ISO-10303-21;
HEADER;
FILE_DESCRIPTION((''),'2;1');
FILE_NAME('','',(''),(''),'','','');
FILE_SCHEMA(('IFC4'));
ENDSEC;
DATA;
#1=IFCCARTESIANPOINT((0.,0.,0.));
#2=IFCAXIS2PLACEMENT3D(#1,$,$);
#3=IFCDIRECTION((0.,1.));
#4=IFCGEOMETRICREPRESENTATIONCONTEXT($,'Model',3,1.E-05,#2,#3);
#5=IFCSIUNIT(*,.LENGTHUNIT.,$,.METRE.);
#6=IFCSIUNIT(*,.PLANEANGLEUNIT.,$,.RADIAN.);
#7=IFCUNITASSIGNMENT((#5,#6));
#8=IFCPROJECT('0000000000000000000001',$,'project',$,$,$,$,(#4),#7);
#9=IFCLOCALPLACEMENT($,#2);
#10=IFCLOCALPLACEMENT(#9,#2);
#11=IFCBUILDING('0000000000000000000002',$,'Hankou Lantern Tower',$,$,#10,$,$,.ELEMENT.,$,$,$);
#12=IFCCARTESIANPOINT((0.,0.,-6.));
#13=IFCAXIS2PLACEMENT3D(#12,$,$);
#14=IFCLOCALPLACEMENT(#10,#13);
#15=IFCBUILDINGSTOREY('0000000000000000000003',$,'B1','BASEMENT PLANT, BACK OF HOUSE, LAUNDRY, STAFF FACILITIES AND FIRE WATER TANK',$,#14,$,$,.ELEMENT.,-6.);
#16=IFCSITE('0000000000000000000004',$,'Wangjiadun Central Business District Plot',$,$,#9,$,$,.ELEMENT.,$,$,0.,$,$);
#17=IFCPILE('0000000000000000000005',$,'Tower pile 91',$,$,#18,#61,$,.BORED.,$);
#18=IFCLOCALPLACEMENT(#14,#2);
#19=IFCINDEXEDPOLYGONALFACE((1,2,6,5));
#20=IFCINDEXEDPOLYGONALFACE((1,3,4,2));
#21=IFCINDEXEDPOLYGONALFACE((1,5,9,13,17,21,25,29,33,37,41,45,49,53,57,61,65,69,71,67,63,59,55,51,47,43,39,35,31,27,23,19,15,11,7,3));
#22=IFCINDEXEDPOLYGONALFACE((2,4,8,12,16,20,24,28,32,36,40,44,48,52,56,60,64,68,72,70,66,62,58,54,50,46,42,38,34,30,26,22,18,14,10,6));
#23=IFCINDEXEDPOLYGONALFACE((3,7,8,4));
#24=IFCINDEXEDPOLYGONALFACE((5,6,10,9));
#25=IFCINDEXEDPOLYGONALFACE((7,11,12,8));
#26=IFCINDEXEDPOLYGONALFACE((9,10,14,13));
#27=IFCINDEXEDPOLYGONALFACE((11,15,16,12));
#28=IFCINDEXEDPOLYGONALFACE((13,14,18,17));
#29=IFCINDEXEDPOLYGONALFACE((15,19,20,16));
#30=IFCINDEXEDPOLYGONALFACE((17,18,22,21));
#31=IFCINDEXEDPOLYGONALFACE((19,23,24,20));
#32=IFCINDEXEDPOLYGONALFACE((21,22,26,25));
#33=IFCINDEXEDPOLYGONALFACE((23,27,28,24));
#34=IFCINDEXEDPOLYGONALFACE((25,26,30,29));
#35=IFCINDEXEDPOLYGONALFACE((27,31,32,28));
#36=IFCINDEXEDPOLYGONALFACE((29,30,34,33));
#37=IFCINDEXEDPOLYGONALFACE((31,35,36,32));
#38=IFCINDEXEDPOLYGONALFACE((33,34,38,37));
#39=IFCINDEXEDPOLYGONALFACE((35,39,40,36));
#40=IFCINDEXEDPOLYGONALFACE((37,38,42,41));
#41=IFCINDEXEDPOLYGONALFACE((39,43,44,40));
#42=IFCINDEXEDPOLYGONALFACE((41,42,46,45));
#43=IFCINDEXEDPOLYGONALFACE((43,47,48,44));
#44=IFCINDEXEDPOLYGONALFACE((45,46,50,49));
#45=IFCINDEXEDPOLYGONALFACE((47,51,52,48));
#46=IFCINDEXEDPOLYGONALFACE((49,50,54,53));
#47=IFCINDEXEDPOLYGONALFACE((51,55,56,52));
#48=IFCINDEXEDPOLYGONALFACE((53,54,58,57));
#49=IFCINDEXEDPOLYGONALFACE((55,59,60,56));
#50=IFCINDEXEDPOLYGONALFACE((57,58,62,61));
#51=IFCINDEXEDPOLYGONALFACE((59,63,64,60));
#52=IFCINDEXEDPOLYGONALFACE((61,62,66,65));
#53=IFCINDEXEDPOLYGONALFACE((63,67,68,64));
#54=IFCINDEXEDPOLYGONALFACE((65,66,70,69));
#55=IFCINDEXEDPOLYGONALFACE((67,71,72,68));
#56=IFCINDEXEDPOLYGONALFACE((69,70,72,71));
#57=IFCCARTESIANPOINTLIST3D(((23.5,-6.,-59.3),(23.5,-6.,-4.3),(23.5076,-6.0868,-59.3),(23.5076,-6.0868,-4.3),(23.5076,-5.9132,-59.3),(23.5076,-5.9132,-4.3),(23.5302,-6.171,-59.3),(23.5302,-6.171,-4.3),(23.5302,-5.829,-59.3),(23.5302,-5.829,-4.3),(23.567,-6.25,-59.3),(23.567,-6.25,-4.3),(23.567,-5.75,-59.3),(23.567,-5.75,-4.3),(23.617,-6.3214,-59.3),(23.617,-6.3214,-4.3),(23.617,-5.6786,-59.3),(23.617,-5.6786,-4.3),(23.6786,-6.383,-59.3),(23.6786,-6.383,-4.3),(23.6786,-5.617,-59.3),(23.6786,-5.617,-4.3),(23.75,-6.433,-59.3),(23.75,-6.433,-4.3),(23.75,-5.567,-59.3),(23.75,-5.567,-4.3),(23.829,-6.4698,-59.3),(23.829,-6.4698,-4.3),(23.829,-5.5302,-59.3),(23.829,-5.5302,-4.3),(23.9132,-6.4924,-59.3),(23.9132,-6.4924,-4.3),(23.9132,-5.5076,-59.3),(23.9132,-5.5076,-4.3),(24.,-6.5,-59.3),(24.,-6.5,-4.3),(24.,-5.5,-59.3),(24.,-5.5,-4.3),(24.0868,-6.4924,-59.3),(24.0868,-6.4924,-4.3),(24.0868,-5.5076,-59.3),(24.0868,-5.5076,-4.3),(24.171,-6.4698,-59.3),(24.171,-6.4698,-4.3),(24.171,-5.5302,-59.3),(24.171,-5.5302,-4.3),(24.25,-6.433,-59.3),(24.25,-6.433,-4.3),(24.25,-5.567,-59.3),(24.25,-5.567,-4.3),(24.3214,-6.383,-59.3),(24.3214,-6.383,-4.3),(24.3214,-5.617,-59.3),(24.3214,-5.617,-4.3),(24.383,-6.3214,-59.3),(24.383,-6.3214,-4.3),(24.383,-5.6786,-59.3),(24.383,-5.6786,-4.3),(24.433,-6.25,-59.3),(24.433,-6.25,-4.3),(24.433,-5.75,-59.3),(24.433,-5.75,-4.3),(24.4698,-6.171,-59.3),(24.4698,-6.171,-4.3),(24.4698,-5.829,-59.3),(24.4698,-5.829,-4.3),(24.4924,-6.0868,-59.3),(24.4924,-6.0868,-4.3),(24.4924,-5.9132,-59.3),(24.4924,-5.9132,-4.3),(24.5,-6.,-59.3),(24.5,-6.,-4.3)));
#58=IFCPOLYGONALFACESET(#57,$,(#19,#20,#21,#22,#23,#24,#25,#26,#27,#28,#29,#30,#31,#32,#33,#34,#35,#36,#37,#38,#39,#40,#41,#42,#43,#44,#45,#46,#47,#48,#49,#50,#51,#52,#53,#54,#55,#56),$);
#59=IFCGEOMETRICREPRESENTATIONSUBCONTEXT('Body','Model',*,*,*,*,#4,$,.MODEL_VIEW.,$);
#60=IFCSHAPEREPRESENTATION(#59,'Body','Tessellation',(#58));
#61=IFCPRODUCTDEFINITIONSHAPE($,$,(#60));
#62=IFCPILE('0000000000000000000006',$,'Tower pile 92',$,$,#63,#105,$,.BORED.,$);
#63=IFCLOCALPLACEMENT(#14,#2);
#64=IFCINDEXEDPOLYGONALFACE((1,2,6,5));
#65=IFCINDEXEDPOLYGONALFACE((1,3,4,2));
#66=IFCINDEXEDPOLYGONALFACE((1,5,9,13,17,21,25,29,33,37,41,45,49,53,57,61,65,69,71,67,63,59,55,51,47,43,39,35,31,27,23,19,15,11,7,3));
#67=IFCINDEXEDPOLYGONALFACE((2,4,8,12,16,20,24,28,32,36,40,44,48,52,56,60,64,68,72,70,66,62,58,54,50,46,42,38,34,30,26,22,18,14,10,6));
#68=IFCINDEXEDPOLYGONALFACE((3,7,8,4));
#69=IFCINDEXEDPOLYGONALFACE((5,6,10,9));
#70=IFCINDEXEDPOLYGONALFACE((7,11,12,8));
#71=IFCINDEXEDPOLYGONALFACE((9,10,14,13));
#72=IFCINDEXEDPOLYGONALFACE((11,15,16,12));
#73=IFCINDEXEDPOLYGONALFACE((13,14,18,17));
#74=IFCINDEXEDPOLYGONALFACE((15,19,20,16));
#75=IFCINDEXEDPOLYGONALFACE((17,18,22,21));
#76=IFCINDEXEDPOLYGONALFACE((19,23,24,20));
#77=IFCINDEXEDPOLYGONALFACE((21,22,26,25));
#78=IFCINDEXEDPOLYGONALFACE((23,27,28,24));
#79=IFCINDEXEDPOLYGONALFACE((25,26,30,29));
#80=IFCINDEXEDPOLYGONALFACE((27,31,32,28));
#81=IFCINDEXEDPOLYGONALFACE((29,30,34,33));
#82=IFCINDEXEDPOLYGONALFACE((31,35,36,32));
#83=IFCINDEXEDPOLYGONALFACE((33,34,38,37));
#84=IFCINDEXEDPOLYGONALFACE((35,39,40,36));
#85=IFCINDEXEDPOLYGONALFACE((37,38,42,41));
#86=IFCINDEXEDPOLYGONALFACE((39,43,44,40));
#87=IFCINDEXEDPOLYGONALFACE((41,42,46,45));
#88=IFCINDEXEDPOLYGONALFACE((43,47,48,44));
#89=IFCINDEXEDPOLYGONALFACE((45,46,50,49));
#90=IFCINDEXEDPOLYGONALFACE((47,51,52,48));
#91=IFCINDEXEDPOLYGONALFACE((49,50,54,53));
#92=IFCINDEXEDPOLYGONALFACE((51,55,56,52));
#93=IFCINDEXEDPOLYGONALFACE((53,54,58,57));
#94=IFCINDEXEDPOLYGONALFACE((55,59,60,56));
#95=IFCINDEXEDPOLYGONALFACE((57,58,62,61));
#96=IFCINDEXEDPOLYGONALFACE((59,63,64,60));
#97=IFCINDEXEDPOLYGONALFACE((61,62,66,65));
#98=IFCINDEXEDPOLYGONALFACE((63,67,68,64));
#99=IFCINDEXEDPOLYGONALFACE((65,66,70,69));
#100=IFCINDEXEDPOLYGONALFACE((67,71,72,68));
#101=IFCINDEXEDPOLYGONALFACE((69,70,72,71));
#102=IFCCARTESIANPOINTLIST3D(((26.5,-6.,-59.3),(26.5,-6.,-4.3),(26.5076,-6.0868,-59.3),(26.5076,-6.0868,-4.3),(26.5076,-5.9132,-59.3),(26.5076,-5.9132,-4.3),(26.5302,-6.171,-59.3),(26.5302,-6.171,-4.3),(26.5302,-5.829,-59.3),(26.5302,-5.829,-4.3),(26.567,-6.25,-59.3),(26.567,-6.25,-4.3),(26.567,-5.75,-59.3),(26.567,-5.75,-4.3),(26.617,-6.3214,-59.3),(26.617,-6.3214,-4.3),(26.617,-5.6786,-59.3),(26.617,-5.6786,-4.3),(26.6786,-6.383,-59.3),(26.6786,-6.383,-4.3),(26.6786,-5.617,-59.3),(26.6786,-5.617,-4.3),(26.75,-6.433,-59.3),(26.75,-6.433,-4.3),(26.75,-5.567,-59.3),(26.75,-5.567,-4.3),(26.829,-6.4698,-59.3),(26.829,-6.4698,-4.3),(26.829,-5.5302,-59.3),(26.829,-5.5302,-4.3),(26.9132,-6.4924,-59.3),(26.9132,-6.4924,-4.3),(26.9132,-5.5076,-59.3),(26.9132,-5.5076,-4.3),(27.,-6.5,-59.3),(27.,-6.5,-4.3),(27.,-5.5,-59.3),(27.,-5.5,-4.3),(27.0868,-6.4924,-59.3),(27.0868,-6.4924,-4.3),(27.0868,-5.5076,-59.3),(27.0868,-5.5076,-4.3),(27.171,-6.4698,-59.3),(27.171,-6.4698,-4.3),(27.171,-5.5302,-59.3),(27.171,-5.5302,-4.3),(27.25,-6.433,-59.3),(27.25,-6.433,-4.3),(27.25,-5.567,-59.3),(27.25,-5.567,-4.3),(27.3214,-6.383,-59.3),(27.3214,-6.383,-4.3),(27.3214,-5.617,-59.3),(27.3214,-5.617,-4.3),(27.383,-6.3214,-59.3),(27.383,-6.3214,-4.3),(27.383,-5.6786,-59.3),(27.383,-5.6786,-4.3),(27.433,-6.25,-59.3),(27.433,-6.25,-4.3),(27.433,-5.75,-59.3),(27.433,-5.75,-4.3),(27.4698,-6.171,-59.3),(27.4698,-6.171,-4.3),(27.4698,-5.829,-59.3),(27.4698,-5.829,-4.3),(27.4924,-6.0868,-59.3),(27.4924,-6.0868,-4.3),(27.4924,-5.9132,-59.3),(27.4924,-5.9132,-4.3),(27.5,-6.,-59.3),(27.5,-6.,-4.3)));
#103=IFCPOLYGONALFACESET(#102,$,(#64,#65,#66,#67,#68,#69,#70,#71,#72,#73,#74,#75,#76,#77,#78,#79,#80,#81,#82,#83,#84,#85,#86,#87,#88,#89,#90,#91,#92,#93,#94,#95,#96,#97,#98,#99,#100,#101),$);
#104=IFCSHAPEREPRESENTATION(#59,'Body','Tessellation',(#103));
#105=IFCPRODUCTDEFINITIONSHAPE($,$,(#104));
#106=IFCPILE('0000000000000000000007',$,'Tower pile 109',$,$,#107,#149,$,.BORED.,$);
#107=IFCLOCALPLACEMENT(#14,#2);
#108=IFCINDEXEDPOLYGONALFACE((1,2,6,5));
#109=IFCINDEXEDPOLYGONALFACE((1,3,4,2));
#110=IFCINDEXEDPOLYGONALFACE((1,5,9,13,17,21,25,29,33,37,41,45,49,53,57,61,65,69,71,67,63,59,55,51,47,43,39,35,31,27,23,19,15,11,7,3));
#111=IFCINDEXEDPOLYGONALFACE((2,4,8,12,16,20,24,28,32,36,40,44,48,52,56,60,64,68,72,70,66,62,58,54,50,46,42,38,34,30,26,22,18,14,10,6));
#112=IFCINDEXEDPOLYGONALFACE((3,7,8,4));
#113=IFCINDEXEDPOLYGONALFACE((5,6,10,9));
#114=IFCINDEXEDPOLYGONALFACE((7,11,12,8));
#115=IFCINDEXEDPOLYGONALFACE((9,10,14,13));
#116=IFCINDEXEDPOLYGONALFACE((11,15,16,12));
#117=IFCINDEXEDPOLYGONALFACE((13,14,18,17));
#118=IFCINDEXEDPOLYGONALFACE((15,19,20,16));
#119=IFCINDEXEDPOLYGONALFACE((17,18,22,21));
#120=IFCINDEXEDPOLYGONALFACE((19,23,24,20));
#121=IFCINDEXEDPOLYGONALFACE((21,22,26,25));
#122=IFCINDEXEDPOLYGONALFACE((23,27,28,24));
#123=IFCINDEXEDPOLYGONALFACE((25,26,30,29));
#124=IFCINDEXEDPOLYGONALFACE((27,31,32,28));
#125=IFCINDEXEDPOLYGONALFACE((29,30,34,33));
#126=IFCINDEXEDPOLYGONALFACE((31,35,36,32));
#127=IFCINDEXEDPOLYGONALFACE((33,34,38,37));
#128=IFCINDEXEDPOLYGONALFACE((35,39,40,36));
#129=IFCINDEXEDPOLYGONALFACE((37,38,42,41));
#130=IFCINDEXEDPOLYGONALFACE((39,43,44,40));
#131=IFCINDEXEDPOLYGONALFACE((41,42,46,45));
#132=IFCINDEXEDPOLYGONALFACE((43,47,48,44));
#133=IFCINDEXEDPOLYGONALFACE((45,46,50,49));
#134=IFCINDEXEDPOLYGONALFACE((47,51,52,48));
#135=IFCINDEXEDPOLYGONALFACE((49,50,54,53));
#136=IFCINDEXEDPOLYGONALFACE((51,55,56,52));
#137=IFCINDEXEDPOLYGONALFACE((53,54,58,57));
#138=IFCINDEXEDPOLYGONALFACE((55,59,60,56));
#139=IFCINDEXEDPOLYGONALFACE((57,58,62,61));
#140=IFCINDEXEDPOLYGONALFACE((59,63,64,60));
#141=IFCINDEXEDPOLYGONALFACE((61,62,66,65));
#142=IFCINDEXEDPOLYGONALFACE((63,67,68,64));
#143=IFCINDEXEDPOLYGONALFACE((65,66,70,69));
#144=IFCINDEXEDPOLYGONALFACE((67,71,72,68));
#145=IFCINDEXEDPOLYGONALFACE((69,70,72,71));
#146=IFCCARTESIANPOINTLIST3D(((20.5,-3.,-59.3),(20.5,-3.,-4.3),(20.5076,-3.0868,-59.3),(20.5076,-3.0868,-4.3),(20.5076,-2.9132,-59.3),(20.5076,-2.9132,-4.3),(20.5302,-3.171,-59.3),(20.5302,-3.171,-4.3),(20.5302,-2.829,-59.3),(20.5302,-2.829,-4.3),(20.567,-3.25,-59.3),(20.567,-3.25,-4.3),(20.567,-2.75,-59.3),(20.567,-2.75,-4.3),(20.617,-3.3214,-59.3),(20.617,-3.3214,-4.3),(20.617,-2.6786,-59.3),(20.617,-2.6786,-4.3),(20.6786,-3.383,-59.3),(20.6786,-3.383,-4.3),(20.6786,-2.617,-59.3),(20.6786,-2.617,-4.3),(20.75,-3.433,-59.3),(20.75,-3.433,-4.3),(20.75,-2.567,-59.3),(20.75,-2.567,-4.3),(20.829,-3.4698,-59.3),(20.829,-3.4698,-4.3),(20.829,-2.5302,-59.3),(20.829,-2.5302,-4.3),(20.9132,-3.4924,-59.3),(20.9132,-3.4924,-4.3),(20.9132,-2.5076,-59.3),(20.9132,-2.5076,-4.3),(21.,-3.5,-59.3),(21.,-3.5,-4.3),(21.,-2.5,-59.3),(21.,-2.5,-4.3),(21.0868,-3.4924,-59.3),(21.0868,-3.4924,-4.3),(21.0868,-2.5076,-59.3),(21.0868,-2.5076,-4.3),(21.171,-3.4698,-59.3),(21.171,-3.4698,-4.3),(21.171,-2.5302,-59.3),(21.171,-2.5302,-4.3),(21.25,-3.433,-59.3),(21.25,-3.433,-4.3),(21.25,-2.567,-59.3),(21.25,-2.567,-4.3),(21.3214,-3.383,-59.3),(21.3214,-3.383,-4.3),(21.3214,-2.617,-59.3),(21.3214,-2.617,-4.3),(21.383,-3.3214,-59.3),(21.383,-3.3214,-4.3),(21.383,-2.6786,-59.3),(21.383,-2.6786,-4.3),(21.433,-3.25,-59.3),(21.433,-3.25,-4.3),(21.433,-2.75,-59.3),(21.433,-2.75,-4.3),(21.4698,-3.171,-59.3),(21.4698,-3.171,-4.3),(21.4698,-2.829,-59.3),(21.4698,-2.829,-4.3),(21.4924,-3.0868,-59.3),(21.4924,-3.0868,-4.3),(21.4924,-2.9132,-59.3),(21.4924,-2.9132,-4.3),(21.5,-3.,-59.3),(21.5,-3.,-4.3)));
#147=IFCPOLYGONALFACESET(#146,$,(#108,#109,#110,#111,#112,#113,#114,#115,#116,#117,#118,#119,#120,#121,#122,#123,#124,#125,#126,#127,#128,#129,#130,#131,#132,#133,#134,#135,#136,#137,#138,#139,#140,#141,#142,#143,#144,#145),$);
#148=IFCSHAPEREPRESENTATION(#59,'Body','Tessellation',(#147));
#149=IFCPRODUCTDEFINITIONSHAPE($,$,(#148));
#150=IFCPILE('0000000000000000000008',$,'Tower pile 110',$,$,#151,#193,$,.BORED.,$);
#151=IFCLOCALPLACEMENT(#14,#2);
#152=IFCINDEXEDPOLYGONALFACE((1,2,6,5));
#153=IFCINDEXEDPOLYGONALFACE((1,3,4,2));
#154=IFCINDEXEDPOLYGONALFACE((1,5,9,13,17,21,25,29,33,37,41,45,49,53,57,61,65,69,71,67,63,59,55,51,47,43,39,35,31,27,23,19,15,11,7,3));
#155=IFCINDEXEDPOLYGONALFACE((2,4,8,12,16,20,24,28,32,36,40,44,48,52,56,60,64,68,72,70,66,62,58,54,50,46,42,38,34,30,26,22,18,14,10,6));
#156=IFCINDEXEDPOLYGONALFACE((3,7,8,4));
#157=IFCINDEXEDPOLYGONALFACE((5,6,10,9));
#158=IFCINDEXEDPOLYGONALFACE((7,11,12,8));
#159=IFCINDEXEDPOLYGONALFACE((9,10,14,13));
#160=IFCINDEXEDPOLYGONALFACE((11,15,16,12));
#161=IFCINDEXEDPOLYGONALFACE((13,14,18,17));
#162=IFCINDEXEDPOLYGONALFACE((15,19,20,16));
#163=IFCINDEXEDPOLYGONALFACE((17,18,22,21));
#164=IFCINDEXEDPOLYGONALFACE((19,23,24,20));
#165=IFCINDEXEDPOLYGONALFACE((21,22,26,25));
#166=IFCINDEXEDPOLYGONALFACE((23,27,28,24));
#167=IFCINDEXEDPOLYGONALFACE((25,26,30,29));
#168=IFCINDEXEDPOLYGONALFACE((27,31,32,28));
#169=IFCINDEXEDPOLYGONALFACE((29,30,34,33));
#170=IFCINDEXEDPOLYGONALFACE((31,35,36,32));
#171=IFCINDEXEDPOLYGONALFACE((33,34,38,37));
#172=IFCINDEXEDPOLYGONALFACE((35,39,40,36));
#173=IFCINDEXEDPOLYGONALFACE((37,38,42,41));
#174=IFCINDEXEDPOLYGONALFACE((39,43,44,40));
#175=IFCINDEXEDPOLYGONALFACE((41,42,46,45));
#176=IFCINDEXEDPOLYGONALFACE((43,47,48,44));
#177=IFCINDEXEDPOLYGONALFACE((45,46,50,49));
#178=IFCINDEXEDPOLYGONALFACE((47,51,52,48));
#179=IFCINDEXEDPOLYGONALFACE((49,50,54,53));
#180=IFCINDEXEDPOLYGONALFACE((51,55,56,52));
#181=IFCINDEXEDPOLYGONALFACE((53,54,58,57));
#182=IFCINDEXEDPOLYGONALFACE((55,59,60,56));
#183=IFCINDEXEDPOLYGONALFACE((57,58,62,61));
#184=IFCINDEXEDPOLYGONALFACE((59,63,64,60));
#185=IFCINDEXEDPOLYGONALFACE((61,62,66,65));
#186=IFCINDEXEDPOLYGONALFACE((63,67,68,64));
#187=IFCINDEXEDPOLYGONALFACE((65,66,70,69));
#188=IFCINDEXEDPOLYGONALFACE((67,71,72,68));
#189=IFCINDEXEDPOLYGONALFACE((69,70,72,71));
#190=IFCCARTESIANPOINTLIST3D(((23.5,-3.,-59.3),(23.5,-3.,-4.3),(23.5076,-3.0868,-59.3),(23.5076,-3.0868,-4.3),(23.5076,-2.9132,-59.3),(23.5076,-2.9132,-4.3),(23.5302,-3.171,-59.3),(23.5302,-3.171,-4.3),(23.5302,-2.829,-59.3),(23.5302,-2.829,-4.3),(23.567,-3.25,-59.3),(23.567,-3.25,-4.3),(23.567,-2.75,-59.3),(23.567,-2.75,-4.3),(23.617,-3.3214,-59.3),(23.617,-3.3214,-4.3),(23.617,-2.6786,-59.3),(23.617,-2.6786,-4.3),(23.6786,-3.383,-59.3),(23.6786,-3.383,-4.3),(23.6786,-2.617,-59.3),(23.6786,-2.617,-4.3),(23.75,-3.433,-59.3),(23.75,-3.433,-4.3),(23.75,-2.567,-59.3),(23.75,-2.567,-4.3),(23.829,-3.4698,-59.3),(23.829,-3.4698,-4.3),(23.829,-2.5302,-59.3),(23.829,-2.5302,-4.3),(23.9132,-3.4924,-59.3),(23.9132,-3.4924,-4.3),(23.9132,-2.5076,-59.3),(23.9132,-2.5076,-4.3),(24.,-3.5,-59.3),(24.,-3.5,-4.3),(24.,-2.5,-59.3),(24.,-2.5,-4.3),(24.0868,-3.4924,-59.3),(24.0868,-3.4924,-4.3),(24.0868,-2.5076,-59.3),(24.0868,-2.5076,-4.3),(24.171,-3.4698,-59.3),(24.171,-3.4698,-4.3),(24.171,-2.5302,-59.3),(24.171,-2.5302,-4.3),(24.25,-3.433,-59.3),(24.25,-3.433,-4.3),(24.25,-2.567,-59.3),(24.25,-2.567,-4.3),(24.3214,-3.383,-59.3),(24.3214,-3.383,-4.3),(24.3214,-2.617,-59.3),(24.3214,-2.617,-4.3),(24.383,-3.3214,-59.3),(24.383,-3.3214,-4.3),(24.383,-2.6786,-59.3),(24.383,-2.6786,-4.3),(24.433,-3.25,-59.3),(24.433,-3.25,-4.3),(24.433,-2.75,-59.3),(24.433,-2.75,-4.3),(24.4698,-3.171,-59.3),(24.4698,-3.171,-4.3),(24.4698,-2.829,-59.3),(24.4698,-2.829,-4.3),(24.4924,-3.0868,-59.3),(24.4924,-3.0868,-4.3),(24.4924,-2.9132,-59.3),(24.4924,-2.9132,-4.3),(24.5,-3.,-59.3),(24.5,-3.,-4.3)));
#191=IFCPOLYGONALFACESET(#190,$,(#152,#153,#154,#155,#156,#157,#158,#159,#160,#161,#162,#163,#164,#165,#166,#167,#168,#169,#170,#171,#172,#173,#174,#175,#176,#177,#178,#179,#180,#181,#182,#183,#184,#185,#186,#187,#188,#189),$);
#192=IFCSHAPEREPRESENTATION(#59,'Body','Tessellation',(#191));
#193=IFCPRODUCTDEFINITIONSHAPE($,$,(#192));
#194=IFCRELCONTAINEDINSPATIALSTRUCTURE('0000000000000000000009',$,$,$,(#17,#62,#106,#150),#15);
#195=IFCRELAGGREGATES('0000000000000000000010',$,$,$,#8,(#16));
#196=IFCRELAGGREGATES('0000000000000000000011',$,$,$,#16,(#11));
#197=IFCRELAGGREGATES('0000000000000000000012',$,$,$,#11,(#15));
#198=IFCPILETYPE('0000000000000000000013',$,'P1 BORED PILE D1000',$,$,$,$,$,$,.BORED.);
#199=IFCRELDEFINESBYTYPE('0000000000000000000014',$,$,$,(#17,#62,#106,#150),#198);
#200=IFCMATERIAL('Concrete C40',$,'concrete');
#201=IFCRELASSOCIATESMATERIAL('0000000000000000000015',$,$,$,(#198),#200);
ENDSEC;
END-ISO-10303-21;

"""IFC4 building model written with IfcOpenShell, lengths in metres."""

from ifc_helpers import new_model, si_unit, direction, frame, origin, origin_2d, place, context, subcontext, project, spatial, circle, extrude, material, material_profile, profile_set, type_object, element, save


model = new_model("IFC4")

# Units and contexts
model_context = context("Model", 3, precision=1e-05, world=origin(), true_north=direction((0.0, 1.0)))
body_context = subcontext(model_context, "Body", "Model", "MODEL_VIEW")
ifc_project = project(units=[si_unit("LENGTHUNIT", "METRE"), si_unit("PLANEANGLEUNIT", "RADIAN")], contexts=[model_context])

# Site, building, storey
site_placement = place(None, origin())
site = spatial("IfcSite", under=ifc_project, at=site_placement, Name="Wangjiadun Central Business District Plot", CompositionType="ELEMENT", RefElevation=0.0)
building_placement = place(site_placement, origin())
building = spatial("IfcBuilding", under=site, at=building_placement, Name="Hankou Lantern Tower", CompositionType="ELEMENT")
storey_placement = place(building_placement, frame((0.0, 0.0, -6.0)))
storey = spatial("IfcBuildingStorey", under=building, at=storey_placement, Name="B1", Description="BASEMENT PLANT, BACK OF HOUSE, LAUNDRY, STAFF FACILITIES AND FIRE WATER TANK", CompositionType="ELEMENT", Elevation=-6.0)

# Piles
ifc_material_1 = material(Name="Concrete C40", Category="concrete")
ifc_material_profile_1 = material_profile(ifc_material_1, circle(Radius=0.5, at=origin_2d()), Name="RC D1000")
ifc_profile_set_1 = profile_set([ifc_material_profile_1], Name="Concrete C40")
pile_type_1 = type_object("IfcPileType", Name="P1 BORED PILE D1000", PredefinedType="BORED", material=ifc_profile_set_1)
for number, where, z_axis, x_axis, name in (
    (1, (24.0, -6.0, -4.3), (0.0, 0.0, -1.0), (1.0, 0.0, 0.0), "Tower pile 91"),
    (2, (27.0, -6.0, -4.3), (0.0, 0.0, -1.0), (1.0, 0.0, 0.0), "Tower pile 92"),
    (3, (21.0, -3.0, -4.3), (0.0, 0.0, -1.0), (1.0, 0.0, 0.0), "Tower pile 109"),
    (4, (24.0, -3.0, -4.3), (0.0, 0.0, -1.0), (1.0, 0.0, 0.0), "Tower pile 110"),
):
    element("IfcPile", number, at=place(storey_placement, frame(where, z_axis=z_axis, x_axis=x_axis)), inside=storey, type_object=pile_type_1, Name=name, PredefinedType="BORED", context=body_context, shape_type="SweptSolid", body=[
        extrude(circle(Radius=0.5, at=origin_2d()), origin(), (0.0, 0.0, 1.0), 55.0),
    ])

save(model, "model.ifc")
